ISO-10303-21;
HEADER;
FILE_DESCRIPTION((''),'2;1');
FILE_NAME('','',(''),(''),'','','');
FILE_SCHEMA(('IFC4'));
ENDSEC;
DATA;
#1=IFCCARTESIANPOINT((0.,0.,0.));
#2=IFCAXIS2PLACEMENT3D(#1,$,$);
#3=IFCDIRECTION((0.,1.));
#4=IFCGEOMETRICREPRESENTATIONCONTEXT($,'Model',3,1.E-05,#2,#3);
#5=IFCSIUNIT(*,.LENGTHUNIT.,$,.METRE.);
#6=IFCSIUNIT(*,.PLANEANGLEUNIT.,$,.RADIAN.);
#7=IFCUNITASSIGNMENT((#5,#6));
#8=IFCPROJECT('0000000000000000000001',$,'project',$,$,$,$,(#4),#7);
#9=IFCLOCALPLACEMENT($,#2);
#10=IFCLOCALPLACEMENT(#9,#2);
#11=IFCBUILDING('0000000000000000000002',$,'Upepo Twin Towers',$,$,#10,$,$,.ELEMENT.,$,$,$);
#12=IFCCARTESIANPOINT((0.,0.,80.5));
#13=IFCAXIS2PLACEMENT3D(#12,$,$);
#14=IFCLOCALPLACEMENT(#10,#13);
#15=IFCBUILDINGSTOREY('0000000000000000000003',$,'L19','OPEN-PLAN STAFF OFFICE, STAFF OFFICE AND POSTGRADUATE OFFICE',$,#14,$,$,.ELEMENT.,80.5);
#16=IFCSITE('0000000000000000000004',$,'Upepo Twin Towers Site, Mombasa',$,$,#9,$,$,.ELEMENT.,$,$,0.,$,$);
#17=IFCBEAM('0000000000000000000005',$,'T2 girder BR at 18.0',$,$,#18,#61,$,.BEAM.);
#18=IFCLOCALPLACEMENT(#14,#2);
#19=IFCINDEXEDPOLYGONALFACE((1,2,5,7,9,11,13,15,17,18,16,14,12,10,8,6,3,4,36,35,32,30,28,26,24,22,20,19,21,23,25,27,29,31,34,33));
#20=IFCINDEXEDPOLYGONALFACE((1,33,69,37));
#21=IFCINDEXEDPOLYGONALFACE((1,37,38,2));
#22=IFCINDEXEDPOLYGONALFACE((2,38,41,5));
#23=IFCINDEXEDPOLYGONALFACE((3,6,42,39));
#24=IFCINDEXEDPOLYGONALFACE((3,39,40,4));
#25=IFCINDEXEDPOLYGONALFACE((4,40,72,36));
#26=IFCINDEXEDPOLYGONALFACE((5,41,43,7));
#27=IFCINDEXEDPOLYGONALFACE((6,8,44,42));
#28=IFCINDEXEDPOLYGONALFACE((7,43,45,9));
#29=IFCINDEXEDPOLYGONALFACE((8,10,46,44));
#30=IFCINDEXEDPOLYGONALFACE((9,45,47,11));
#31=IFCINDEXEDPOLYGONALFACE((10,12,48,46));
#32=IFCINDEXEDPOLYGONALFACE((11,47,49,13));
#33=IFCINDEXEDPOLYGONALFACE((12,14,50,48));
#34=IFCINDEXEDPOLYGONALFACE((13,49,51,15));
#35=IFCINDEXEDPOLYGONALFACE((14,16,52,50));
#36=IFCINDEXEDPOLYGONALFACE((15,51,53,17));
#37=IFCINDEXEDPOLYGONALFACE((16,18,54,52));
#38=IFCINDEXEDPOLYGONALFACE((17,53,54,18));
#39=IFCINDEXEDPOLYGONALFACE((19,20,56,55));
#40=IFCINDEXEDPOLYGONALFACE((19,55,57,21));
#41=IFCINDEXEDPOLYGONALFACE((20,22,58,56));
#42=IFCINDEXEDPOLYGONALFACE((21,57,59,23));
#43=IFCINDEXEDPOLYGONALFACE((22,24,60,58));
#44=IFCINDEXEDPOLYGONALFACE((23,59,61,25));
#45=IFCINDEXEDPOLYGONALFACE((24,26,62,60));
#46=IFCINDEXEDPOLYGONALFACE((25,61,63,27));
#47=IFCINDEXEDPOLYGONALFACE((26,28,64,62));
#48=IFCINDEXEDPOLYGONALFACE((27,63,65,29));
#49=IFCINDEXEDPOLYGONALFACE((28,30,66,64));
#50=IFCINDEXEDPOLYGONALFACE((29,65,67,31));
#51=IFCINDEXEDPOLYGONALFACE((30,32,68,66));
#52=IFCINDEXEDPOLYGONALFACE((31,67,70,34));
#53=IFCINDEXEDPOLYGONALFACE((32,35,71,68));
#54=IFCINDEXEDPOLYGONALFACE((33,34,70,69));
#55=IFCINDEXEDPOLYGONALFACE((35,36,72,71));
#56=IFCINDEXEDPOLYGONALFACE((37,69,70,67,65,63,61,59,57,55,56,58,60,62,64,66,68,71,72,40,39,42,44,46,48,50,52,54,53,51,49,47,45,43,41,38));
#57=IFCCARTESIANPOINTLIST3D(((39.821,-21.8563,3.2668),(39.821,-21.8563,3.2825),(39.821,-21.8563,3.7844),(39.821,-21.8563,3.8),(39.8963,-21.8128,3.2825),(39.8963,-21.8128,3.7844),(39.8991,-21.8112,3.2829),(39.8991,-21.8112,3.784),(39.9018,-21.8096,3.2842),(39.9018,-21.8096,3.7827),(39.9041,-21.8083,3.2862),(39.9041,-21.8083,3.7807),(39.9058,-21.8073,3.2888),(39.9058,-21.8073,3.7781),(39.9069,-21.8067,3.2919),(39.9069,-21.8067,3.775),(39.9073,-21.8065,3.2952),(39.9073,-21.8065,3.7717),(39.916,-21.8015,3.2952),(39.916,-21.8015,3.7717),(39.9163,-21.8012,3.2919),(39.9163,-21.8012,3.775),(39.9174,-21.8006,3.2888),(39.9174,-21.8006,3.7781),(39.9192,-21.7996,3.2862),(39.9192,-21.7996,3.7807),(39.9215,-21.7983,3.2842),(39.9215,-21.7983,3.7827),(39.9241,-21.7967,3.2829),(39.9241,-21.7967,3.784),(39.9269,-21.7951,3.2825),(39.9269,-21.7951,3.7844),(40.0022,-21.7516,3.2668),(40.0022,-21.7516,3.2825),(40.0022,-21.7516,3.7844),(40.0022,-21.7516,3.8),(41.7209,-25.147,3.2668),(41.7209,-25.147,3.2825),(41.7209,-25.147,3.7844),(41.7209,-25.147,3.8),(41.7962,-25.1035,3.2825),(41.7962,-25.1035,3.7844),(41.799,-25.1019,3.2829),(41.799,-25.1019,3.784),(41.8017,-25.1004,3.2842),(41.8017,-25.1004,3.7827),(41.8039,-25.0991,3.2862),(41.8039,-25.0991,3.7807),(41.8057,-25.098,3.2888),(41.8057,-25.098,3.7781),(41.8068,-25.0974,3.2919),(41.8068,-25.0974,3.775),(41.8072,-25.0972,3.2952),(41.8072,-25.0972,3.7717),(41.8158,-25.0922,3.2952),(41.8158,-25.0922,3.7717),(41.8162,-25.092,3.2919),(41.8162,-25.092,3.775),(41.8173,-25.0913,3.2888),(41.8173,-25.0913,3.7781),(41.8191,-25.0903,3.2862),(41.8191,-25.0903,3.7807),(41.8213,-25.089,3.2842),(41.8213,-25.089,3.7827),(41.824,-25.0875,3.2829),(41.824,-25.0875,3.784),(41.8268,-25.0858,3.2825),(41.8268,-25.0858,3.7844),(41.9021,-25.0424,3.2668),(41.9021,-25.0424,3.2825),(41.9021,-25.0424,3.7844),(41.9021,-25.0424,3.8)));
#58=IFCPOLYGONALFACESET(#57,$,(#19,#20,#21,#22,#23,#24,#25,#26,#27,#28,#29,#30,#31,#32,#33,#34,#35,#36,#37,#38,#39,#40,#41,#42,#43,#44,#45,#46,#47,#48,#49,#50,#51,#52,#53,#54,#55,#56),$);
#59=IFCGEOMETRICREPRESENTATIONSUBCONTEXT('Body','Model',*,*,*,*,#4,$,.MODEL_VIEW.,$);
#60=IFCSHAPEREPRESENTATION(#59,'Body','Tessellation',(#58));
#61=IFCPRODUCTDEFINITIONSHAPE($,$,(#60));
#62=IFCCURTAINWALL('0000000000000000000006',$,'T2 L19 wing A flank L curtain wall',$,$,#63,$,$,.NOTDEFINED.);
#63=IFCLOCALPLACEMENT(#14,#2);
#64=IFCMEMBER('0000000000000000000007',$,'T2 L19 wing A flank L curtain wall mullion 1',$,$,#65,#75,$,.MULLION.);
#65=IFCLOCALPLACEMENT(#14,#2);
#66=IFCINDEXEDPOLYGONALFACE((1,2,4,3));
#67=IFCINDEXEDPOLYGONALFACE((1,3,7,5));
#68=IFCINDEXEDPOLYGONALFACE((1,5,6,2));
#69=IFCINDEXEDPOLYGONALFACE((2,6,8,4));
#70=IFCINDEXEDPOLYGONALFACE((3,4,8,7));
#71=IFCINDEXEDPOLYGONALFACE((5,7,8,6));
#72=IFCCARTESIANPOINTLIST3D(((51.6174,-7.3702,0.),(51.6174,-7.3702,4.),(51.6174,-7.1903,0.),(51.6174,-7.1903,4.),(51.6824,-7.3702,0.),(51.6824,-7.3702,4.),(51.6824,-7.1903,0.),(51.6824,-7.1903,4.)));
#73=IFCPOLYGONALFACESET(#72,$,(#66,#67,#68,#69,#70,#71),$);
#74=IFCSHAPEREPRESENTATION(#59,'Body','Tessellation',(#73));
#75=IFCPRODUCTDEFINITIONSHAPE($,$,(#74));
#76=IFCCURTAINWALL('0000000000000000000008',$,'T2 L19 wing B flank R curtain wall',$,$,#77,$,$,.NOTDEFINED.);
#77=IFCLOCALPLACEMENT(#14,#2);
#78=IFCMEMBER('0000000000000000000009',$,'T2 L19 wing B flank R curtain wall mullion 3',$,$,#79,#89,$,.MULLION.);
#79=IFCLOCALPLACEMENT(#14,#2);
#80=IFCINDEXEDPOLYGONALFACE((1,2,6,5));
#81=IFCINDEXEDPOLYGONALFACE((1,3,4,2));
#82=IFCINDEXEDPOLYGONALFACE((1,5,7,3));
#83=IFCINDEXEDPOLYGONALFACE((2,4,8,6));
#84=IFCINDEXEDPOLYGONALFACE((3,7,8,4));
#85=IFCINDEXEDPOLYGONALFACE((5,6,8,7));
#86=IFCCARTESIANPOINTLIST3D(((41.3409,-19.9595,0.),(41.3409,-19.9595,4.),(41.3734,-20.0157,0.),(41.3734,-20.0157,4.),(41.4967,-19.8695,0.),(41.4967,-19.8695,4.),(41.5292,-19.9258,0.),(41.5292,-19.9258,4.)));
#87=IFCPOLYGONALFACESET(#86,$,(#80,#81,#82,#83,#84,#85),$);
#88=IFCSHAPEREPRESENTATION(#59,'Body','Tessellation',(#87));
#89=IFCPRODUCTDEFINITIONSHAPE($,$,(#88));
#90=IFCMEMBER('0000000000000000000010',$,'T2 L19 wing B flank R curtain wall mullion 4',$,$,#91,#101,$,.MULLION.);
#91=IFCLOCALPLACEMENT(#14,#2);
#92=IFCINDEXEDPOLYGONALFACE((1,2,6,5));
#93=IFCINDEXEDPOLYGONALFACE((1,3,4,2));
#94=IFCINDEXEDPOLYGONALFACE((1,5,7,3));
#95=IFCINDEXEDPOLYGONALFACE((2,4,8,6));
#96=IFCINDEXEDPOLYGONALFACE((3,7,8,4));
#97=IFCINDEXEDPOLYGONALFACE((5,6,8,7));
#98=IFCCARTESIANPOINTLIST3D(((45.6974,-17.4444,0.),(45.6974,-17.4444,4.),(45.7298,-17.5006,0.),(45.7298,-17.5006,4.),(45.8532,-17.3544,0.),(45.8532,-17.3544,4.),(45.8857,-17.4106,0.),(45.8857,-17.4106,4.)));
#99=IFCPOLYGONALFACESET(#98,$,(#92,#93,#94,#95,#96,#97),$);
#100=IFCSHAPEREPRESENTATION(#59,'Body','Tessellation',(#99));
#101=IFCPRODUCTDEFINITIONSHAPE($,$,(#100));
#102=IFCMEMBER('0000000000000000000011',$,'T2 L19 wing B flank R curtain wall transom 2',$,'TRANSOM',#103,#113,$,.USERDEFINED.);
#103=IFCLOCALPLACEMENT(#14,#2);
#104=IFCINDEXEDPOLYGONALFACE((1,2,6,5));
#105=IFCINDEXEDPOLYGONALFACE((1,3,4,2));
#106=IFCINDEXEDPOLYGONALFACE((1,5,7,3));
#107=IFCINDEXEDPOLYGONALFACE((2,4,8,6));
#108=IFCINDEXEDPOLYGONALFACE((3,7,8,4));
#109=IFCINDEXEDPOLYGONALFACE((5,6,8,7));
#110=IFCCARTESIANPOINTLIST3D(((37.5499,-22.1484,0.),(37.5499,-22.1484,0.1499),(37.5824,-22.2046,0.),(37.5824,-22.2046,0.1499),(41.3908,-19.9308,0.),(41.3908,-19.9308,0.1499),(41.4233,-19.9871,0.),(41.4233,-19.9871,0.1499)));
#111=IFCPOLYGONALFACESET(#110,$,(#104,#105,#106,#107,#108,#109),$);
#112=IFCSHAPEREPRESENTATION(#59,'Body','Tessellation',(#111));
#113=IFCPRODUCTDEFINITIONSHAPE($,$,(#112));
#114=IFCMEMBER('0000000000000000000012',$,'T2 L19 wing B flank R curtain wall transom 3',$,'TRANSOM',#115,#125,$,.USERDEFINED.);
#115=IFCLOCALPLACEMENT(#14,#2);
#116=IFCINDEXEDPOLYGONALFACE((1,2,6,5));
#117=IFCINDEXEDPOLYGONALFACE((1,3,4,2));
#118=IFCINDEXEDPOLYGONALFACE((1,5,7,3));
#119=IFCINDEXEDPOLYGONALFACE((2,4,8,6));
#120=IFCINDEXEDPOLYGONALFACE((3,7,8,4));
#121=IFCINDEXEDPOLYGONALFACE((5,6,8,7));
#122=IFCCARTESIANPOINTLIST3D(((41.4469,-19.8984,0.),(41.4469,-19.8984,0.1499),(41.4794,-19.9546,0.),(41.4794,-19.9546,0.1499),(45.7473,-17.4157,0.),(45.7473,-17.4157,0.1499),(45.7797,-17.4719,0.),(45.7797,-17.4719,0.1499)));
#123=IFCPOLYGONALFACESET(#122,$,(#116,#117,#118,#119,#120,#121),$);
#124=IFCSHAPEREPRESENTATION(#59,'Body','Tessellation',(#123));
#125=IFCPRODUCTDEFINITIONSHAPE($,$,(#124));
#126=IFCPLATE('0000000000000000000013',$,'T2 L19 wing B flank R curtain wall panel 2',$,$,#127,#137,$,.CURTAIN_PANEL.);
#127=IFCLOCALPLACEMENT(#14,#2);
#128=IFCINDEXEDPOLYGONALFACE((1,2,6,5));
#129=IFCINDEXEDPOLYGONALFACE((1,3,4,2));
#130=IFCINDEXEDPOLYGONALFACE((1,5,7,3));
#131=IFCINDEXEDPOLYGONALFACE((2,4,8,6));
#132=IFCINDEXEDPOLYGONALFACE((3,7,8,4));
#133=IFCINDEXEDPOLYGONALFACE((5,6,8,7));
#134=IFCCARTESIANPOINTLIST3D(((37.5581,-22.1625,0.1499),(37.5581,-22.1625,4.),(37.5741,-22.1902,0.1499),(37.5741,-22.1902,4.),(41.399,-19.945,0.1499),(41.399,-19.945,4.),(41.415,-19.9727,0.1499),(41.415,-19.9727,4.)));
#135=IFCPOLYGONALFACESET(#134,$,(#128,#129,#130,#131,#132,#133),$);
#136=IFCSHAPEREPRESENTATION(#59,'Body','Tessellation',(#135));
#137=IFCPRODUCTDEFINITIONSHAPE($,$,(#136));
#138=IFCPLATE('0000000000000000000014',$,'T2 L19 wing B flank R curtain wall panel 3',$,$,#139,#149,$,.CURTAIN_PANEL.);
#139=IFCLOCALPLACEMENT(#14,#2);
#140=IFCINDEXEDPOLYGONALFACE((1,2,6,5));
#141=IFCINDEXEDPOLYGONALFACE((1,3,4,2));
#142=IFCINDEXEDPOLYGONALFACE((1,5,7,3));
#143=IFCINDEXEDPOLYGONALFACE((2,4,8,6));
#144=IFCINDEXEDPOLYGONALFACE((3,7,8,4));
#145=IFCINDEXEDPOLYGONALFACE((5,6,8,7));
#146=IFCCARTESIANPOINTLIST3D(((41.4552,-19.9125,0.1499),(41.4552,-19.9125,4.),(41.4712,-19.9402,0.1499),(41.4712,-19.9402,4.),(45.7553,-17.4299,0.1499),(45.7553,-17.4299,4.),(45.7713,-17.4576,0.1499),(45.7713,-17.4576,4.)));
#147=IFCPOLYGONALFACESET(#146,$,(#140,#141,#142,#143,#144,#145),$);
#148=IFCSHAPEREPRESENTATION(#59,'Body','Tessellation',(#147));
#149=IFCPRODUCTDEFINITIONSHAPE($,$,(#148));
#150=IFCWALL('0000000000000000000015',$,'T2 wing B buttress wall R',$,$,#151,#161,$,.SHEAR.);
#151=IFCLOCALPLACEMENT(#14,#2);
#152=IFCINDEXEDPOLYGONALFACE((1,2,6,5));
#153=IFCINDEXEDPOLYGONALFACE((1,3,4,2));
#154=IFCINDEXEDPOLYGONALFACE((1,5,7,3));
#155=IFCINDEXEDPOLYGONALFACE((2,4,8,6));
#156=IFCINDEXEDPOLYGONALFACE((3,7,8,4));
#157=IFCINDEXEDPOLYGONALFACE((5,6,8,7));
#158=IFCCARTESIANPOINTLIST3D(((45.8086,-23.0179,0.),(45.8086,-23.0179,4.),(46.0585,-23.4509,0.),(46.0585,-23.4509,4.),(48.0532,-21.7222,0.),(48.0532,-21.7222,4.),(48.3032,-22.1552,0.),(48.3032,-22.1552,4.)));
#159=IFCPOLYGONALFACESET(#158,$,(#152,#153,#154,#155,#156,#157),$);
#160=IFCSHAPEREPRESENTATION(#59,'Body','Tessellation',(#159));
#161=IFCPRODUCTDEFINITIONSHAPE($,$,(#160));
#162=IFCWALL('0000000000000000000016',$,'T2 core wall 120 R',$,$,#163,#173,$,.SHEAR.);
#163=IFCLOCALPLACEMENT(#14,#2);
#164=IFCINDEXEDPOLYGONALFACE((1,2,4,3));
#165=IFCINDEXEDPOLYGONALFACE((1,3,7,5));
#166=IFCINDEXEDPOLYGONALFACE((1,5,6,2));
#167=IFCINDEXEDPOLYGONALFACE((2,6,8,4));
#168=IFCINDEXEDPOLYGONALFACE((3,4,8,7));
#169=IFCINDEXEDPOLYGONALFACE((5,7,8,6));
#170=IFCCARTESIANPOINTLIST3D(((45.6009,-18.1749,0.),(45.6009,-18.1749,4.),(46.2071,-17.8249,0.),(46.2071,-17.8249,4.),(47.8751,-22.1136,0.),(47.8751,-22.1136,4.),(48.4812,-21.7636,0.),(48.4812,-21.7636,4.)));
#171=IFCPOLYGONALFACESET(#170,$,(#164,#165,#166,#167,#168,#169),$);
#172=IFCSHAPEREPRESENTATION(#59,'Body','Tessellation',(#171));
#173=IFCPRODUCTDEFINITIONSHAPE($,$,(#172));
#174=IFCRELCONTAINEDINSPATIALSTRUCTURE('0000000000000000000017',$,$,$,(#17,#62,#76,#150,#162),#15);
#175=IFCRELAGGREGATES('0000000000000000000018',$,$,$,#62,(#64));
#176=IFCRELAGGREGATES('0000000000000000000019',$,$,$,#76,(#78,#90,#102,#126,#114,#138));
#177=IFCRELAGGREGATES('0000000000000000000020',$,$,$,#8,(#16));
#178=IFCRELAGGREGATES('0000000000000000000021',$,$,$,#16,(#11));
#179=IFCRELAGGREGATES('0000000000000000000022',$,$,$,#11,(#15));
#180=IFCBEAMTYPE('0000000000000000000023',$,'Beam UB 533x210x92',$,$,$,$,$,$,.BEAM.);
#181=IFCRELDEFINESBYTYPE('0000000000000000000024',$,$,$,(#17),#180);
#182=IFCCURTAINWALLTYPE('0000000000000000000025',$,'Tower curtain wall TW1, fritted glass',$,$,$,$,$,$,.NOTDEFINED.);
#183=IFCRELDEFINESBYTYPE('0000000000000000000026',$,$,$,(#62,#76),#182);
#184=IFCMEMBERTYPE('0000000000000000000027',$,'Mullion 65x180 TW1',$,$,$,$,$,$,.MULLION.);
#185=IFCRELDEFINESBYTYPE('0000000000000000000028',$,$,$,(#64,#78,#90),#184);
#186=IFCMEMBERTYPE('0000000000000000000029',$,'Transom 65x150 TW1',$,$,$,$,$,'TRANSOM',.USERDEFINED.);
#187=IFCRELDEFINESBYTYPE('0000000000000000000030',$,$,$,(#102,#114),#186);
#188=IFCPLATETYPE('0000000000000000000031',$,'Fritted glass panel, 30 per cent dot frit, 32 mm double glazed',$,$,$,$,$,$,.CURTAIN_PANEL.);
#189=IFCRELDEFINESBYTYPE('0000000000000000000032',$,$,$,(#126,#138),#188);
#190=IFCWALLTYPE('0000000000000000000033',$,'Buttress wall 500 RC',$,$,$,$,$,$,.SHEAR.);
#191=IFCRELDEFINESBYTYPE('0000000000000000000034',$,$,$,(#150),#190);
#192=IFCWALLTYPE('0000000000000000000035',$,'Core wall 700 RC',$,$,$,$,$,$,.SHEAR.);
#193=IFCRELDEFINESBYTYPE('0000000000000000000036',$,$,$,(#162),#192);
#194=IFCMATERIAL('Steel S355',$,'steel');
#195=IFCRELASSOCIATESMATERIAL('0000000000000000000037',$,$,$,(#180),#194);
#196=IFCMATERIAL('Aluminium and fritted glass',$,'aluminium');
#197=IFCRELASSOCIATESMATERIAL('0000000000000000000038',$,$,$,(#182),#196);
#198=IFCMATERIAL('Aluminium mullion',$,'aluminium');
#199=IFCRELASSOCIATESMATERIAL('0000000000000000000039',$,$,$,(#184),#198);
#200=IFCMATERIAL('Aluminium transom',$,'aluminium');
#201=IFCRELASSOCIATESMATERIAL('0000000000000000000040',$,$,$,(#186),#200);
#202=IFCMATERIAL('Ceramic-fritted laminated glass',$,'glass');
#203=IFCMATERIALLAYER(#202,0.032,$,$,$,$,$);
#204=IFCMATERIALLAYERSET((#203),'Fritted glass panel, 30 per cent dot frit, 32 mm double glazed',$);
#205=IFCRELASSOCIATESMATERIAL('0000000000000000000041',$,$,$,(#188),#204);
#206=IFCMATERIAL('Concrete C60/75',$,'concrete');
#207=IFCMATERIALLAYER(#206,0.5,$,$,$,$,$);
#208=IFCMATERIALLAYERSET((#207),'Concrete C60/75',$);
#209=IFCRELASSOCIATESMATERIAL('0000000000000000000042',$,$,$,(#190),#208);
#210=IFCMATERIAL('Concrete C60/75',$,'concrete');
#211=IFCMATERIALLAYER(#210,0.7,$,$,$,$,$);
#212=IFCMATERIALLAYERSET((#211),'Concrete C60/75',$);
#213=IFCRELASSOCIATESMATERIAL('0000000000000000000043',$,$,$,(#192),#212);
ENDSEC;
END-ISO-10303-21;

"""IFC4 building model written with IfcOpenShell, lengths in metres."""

from ifc_helpers import new_model, si_unit, direction, frame, frame_2d, origin, origin_2d, place, context, subcontext, project, spatial, rectangle, i_section, extrude, material, layer, layer_set, material_profile, profile_set, type_object, element, aggregate, save


model = new_model("IFC4")

# Units and contexts
model_context = context("Model", 3, precision=1e-05, world=origin(), true_north=direction((0.0, 1.0)))
body_context = subcontext(model_context, "Body", "Model", "MODEL_VIEW")
ifc_project = project(units=[si_unit("LENGTHUNIT", "METRE"), si_unit("PLANEANGLEUNIT", "RADIAN")], contexts=[model_context])

# Site, building, storey
site_placement = place(None, origin())
site = spatial("IfcSite", under=ifc_project, at=site_placement, Name="Upepo Twin Towers Site, Mombasa", CompositionType="ELEMENT", RefElevation=0.0)
building_placement = place(site_placement, origin())
building = spatial("IfcBuilding", under=site, at=building_placement, Name="Upepo Twin Towers", CompositionType="ELEMENT")
storey_placement = place(building_placement, frame((0.0, 0.0, 80.5)))
storey = spatial("IfcBuildingStorey", under=building, at=storey_placement, Name="L19", Description="OPEN-PLAN STAFF OFFICE, STAFF OFFICE AND POSTGRADUATE OFFICE", CompositionType="ELEMENT", Elevation=80.5)

# Beam
ifc_material_1 = material(Name="Steel S355", Category="steel")
ifc_material_profile_1 = material_profile(ifc_material_1, i_section(OverallWidth=0.2092, OverallDepth=0.5332, WebThickness=0.01, FlangeThickness=0.0156, FilletRadius=0.0127, at=origin_2d()), Name="UB 533x210x92")
ifc_profile_set_1 = profile_set([ifc_material_profile_1], Name="Steel S355")
beam_type_1 = type_object("IfcBeamType", Name="Beam UB 533x210x92", PredefinedType="BEAM", material=ifc_profile_set_1)
beam_1_placement = place(storey_placement, frame((39.9116, -21.804, 3.5334), z_axis=(0.499995, -0.866028, 0.0), x_axis=(0.866028, 0.499995, 0.0)))
element("IfcBeam", 1, at=beam_1_placement, inside=storey, type_object=beam_type_1, Name="T2 girder BR at 18.0", PredefinedType="BEAM", context=body_context, shape_type="SweptSolid", body=[
    extrude(i_section(OverallWidth=0.2092, OverallDepth=0.5332, WebThickness=0.01, FlangeThickness=0.0156, FilletRadius=0.0127, at=origin_2d()), origin(), (0.0, 0.0, 1.0), 3.7998),
])

# Curtain wall, member
ifc_material_2 = material(Name="Aluminium and fritted glass", Category="aluminium")
curtain_wall_type = type_object("IfcCurtainWallType", Name="Tower curtain wall TW1, fritted glass", PredefinedType="NOTDEFINED", material=ifc_material_2)
curtain_wall_1_placement = place(storey_placement, origin())
curtain_wall_1 = element("IfcCurtainWall", 2, at=curtain_wall_1_placement, inside=storey, type_object=curtain_wall_type, Name="T2 L19 wing A flank L curtain wall", PredefinedType="NOTDEFINED")
ifc_material_3 = material(Name="Aluminium mullion", Category="aluminium")
ifc_material_profile_2 = material_profile(ifc_material_3, rectangle(XDim=0.0649, YDim=0.1799, at=origin_2d()), Name="MULLION 65x180")
ifc_profile_set_2 = profile_set([ifc_material_profile_2], Name="Aluminium mullion")
member_type_1 = type_object("IfcMemberType", Name="Mullion 65x180 TW1", PredefinedType="MULLION", material=ifc_profile_set_2)
member_1_placement = place(storey_placement, frame((51.6499, -7.2803, 0.0), z_axis=(0.0, 0.0, 1.0), x_axis=(-1.0, 0.0, 0.0)))
member_1 = element("IfcMember", 3, at=member_1_placement, type_object=member_type_1, Name="T2 L19 wing A flank L curtain wall mullion 1", PredefinedType="MULLION", context=body_context, shape_type="SweptSolid", body=[
    extrude(rectangle(XDim=0.0649, YDim=0.1799, at=origin_2d()), origin(), (0.0, 0.0, 1.0), 4.0),
])
aggregate(curtain_wall_1, [member_1])

# Curtain wall, members, plates
curtain_wall_2_placement = place(storey_placement, origin())
curtain_wall_2 = element("IfcCurtainWall", 4, at=curtain_wall_2_placement, inside=storey, type_object=curtain_wall_type, Name="T2 L19 wing B flank R curtain wall", PredefinedType="NOTDEFINED")
member_2_placement = place(storey_placement, frame((41.4351, -19.9426, 0.0), z_axis=(0.0, 0.0, 1.0), x_axis=(-0.5, 0.866025, 0.0)))
member_2 = element("IfcMember", 5, at=member_2_placement, type_object=member_type_1, Name="T2 L19 wing B flank R curtain wall mullion 3", PredefinedType="MULLION", context=body_context, shape_type="SweptSolid", body=[
    extrude(rectangle(XDim=0.0649, YDim=0.1799, at=origin_2d()), origin(), (0.0, 0.0, 1.0), 4.0),
])
member_3_placement = place(storey_placement, frame((45.7915, -17.4275, 0.0), z_axis=(0.0, 0.0, 1.0), x_axis=(-0.5, 0.866025, 0.0)))
member_3 = element("IfcMember", 6, at=member_3_placement, type_object=member_type_1, Name="T2 L19 wing B flank R curtain wall mullion 4", PredefinedType="MULLION", context=body_context, shape_type="SweptSolid", body=[
    extrude(rectangle(XDim=0.0649, YDim=0.1799, at=origin_2d()), origin(), (0.0, 0.0, 1.0), 4.0),
])
ifc_material_4 = material(Name="Aluminium transom", Category="aluminium")
ifc_material_profile_3 = material_profile(ifc_material_4, rectangle(XDim=0.0649, YDim=0.1499, at=origin_2d()), Name="TRANSOM 65x150")
ifc_profile_set_3 = profile_set([ifc_material_profile_3], Name="Aluminium transom")
member_type_2 = type_object("IfcMemberType", Name="Transom 65x150 TW1", ElementType="TRANSOM", PredefinedType="USERDEFINED", material=ifc_profile_set_3)
member_4_placement = place(storey_placement, frame((37.5662, -22.1765, 0.075), z_axis=(0.866022, 0.500005, 0.0), x_axis=(-0.500005, 0.866022, 0.0)))
member_4 = element("IfcMember", 7, at=member_4_placement, type_object=member_type_2, Name="T2 L19 wing B flank R curtain wall transom 2", ObjectType="TRANSOM", PredefinedType="USERDEFINED", context=body_context, shape_type="SweptSolid", body=[
    extrude(rectangle(XDim=0.0649, YDim=0.1499, at=origin_2d()), origin(), (0.0, 0.0, 1.0), 4.4351),
])
member_5_placement = place(storey_placement, frame((41.4631, -19.9265, 0.075), z_axis=(0.866035, 0.499983, 0.0), x_axis=(-0.499983, 0.866035, 0.0)))
member_5 = element("IfcMember", 8, at=member_5_placement, type_object=member_type_2, Name="T2 L19 wing B flank R curtain wall transom 3", ObjectType="TRANSOM", PredefinedType="USERDEFINED", context=body_context, shape_type="SweptSolid", body=[
    extrude(rectangle(XDim=0.0649, YDim=0.1499, at=origin_2d()), origin(), (0.0, 0.0, 1.0), 4.9656),
])
ifc_material_5 = material(Name="Ceramic-fritted laminated glass", Category="glass")
ifc_layer_1 = layer(ifc_material_5, 0.032)
ifc_layer_set_1 = layer_set([ifc_layer_1], Name="Fritted glass panel, 30 per cent dot frit, 32 mm double glazed")
plate_type = type_object("IfcPlateType", Name="Fritted glass panel, 30 per cent dot frit, 32 mm double glazed", PredefinedType="CURTAIN_PANEL", material=ifc_layer_set_1)
plate_1_placement = place(storey_placement, frame((39.4866, -21.0676, 0.1499), z_axis=(0.0, 0.0, 1.0), x_axis=(0.866025, 0.5, 0.0)))
plate_1 = element("IfcPlate", 9, at=plate_1_placement, type_object=plate_type, Name="T2 L19 wing B flank R curtain wall panel 2", PredefinedType="CURTAIN_PANEL", context=body_context, shape_type="SweptSolid", body=[
    extrude(rectangle(XDim=4.4351, YDim=0.032, at=origin_2d()), origin(), (0.0, 0.0, 1.0), 3.8501),
])
plate_2_placement = place(storey_placement, frame((43.6133, -18.6851, 0.1499), z_axis=(0.0, 0.0, 1.0), x_axis=(0.866025, 0.5, 0.0)))
plate_2 = element("IfcPlate", 10, at=plate_2_placement, type_object=plate_type, Name="T2 L19 wing B flank R curtain wall panel 3", PredefinedType="CURTAIN_PANEL", context=body_context, shape_type="SweptSolid", body=[
    extrude(rectangle(XDim=4.9653, YDim=0.032, at=origin_2d()), origin(), (0.0, 0.0, 1.0), 3.8501),
])
aggregate(curtain_wall_2, [member_2, member_3, member_4, plate_1, member_5, plate_2])

# Walls
ifc_material_6 = material(Name="Concrete C60/75", Category="concrete")
ifc_layer_2 = layer(ifc_material_6, 0.5)
ifc_layer_set_2 = layer_set([ifc_layer_2], Name="Concrete C60/75")
wall_type_1 = type_object("IfcWallType", Name="Buttress wall 500 RC", PredefinedType="SHEAR", material=ifc_layer_set_2)
wall_1_placement = place(storey_placement, frame((48.1782, -21.9387, 0.0), z_axis=(0.0, 0.0, 1.0), x_axis=(-0.866073, -0.499918, 0.0)))
element("IfcWall", 11, at=wall_1_placement, inside=storey, type_object=wall_type_1, Name="T2 wing B buttress wall R", PredefinedType="SHEAR", context=body_context, shape_type="SweptSolid", body=[
    extrude(rectangle(XDim=2.5918, YDim=0.5, at=frame_2d((1.2959, 0.0))), origin(), (0.0, 0.0, 1.0), 4.0),
])
ifc_material_7 = material(Name="Concrete C60/75", Category="concrete")
ifc_layer_3 = layer(ifc_material_7, 0.7)
ifc_layer_set_3 = layer_set([ifc_layer_3], Name="Concrete C60/75")
wall_type_2 = type_object("IfcWallType", Name="Core wall 700 RC", PredefinedType="SHEAR", material=ifc_layer_set_3)
wall_2_placement = place(storey_placement, frame((45.9041, -18.0, 0.0), z_axis=(0.0, 0.0, 1.0), x_axis=(0.500024, -0.866011, 0.0)))
element("IfcWall", 12, at=wall_2_placement, inside=storey, type_object=wall_type_2, Name="T2 core wall 120 R", PredefinedType="SHEAR", context=body_context, shape_type="SweptSolid", body=[
    extrude(rectangle(XDim=4.5481, YDim=0.7, at=frame_2d((2.2739, 0.0))), origin(), (0.0, 0.0, 1.0), 4.0),
])

save(model, "model.ifc")
